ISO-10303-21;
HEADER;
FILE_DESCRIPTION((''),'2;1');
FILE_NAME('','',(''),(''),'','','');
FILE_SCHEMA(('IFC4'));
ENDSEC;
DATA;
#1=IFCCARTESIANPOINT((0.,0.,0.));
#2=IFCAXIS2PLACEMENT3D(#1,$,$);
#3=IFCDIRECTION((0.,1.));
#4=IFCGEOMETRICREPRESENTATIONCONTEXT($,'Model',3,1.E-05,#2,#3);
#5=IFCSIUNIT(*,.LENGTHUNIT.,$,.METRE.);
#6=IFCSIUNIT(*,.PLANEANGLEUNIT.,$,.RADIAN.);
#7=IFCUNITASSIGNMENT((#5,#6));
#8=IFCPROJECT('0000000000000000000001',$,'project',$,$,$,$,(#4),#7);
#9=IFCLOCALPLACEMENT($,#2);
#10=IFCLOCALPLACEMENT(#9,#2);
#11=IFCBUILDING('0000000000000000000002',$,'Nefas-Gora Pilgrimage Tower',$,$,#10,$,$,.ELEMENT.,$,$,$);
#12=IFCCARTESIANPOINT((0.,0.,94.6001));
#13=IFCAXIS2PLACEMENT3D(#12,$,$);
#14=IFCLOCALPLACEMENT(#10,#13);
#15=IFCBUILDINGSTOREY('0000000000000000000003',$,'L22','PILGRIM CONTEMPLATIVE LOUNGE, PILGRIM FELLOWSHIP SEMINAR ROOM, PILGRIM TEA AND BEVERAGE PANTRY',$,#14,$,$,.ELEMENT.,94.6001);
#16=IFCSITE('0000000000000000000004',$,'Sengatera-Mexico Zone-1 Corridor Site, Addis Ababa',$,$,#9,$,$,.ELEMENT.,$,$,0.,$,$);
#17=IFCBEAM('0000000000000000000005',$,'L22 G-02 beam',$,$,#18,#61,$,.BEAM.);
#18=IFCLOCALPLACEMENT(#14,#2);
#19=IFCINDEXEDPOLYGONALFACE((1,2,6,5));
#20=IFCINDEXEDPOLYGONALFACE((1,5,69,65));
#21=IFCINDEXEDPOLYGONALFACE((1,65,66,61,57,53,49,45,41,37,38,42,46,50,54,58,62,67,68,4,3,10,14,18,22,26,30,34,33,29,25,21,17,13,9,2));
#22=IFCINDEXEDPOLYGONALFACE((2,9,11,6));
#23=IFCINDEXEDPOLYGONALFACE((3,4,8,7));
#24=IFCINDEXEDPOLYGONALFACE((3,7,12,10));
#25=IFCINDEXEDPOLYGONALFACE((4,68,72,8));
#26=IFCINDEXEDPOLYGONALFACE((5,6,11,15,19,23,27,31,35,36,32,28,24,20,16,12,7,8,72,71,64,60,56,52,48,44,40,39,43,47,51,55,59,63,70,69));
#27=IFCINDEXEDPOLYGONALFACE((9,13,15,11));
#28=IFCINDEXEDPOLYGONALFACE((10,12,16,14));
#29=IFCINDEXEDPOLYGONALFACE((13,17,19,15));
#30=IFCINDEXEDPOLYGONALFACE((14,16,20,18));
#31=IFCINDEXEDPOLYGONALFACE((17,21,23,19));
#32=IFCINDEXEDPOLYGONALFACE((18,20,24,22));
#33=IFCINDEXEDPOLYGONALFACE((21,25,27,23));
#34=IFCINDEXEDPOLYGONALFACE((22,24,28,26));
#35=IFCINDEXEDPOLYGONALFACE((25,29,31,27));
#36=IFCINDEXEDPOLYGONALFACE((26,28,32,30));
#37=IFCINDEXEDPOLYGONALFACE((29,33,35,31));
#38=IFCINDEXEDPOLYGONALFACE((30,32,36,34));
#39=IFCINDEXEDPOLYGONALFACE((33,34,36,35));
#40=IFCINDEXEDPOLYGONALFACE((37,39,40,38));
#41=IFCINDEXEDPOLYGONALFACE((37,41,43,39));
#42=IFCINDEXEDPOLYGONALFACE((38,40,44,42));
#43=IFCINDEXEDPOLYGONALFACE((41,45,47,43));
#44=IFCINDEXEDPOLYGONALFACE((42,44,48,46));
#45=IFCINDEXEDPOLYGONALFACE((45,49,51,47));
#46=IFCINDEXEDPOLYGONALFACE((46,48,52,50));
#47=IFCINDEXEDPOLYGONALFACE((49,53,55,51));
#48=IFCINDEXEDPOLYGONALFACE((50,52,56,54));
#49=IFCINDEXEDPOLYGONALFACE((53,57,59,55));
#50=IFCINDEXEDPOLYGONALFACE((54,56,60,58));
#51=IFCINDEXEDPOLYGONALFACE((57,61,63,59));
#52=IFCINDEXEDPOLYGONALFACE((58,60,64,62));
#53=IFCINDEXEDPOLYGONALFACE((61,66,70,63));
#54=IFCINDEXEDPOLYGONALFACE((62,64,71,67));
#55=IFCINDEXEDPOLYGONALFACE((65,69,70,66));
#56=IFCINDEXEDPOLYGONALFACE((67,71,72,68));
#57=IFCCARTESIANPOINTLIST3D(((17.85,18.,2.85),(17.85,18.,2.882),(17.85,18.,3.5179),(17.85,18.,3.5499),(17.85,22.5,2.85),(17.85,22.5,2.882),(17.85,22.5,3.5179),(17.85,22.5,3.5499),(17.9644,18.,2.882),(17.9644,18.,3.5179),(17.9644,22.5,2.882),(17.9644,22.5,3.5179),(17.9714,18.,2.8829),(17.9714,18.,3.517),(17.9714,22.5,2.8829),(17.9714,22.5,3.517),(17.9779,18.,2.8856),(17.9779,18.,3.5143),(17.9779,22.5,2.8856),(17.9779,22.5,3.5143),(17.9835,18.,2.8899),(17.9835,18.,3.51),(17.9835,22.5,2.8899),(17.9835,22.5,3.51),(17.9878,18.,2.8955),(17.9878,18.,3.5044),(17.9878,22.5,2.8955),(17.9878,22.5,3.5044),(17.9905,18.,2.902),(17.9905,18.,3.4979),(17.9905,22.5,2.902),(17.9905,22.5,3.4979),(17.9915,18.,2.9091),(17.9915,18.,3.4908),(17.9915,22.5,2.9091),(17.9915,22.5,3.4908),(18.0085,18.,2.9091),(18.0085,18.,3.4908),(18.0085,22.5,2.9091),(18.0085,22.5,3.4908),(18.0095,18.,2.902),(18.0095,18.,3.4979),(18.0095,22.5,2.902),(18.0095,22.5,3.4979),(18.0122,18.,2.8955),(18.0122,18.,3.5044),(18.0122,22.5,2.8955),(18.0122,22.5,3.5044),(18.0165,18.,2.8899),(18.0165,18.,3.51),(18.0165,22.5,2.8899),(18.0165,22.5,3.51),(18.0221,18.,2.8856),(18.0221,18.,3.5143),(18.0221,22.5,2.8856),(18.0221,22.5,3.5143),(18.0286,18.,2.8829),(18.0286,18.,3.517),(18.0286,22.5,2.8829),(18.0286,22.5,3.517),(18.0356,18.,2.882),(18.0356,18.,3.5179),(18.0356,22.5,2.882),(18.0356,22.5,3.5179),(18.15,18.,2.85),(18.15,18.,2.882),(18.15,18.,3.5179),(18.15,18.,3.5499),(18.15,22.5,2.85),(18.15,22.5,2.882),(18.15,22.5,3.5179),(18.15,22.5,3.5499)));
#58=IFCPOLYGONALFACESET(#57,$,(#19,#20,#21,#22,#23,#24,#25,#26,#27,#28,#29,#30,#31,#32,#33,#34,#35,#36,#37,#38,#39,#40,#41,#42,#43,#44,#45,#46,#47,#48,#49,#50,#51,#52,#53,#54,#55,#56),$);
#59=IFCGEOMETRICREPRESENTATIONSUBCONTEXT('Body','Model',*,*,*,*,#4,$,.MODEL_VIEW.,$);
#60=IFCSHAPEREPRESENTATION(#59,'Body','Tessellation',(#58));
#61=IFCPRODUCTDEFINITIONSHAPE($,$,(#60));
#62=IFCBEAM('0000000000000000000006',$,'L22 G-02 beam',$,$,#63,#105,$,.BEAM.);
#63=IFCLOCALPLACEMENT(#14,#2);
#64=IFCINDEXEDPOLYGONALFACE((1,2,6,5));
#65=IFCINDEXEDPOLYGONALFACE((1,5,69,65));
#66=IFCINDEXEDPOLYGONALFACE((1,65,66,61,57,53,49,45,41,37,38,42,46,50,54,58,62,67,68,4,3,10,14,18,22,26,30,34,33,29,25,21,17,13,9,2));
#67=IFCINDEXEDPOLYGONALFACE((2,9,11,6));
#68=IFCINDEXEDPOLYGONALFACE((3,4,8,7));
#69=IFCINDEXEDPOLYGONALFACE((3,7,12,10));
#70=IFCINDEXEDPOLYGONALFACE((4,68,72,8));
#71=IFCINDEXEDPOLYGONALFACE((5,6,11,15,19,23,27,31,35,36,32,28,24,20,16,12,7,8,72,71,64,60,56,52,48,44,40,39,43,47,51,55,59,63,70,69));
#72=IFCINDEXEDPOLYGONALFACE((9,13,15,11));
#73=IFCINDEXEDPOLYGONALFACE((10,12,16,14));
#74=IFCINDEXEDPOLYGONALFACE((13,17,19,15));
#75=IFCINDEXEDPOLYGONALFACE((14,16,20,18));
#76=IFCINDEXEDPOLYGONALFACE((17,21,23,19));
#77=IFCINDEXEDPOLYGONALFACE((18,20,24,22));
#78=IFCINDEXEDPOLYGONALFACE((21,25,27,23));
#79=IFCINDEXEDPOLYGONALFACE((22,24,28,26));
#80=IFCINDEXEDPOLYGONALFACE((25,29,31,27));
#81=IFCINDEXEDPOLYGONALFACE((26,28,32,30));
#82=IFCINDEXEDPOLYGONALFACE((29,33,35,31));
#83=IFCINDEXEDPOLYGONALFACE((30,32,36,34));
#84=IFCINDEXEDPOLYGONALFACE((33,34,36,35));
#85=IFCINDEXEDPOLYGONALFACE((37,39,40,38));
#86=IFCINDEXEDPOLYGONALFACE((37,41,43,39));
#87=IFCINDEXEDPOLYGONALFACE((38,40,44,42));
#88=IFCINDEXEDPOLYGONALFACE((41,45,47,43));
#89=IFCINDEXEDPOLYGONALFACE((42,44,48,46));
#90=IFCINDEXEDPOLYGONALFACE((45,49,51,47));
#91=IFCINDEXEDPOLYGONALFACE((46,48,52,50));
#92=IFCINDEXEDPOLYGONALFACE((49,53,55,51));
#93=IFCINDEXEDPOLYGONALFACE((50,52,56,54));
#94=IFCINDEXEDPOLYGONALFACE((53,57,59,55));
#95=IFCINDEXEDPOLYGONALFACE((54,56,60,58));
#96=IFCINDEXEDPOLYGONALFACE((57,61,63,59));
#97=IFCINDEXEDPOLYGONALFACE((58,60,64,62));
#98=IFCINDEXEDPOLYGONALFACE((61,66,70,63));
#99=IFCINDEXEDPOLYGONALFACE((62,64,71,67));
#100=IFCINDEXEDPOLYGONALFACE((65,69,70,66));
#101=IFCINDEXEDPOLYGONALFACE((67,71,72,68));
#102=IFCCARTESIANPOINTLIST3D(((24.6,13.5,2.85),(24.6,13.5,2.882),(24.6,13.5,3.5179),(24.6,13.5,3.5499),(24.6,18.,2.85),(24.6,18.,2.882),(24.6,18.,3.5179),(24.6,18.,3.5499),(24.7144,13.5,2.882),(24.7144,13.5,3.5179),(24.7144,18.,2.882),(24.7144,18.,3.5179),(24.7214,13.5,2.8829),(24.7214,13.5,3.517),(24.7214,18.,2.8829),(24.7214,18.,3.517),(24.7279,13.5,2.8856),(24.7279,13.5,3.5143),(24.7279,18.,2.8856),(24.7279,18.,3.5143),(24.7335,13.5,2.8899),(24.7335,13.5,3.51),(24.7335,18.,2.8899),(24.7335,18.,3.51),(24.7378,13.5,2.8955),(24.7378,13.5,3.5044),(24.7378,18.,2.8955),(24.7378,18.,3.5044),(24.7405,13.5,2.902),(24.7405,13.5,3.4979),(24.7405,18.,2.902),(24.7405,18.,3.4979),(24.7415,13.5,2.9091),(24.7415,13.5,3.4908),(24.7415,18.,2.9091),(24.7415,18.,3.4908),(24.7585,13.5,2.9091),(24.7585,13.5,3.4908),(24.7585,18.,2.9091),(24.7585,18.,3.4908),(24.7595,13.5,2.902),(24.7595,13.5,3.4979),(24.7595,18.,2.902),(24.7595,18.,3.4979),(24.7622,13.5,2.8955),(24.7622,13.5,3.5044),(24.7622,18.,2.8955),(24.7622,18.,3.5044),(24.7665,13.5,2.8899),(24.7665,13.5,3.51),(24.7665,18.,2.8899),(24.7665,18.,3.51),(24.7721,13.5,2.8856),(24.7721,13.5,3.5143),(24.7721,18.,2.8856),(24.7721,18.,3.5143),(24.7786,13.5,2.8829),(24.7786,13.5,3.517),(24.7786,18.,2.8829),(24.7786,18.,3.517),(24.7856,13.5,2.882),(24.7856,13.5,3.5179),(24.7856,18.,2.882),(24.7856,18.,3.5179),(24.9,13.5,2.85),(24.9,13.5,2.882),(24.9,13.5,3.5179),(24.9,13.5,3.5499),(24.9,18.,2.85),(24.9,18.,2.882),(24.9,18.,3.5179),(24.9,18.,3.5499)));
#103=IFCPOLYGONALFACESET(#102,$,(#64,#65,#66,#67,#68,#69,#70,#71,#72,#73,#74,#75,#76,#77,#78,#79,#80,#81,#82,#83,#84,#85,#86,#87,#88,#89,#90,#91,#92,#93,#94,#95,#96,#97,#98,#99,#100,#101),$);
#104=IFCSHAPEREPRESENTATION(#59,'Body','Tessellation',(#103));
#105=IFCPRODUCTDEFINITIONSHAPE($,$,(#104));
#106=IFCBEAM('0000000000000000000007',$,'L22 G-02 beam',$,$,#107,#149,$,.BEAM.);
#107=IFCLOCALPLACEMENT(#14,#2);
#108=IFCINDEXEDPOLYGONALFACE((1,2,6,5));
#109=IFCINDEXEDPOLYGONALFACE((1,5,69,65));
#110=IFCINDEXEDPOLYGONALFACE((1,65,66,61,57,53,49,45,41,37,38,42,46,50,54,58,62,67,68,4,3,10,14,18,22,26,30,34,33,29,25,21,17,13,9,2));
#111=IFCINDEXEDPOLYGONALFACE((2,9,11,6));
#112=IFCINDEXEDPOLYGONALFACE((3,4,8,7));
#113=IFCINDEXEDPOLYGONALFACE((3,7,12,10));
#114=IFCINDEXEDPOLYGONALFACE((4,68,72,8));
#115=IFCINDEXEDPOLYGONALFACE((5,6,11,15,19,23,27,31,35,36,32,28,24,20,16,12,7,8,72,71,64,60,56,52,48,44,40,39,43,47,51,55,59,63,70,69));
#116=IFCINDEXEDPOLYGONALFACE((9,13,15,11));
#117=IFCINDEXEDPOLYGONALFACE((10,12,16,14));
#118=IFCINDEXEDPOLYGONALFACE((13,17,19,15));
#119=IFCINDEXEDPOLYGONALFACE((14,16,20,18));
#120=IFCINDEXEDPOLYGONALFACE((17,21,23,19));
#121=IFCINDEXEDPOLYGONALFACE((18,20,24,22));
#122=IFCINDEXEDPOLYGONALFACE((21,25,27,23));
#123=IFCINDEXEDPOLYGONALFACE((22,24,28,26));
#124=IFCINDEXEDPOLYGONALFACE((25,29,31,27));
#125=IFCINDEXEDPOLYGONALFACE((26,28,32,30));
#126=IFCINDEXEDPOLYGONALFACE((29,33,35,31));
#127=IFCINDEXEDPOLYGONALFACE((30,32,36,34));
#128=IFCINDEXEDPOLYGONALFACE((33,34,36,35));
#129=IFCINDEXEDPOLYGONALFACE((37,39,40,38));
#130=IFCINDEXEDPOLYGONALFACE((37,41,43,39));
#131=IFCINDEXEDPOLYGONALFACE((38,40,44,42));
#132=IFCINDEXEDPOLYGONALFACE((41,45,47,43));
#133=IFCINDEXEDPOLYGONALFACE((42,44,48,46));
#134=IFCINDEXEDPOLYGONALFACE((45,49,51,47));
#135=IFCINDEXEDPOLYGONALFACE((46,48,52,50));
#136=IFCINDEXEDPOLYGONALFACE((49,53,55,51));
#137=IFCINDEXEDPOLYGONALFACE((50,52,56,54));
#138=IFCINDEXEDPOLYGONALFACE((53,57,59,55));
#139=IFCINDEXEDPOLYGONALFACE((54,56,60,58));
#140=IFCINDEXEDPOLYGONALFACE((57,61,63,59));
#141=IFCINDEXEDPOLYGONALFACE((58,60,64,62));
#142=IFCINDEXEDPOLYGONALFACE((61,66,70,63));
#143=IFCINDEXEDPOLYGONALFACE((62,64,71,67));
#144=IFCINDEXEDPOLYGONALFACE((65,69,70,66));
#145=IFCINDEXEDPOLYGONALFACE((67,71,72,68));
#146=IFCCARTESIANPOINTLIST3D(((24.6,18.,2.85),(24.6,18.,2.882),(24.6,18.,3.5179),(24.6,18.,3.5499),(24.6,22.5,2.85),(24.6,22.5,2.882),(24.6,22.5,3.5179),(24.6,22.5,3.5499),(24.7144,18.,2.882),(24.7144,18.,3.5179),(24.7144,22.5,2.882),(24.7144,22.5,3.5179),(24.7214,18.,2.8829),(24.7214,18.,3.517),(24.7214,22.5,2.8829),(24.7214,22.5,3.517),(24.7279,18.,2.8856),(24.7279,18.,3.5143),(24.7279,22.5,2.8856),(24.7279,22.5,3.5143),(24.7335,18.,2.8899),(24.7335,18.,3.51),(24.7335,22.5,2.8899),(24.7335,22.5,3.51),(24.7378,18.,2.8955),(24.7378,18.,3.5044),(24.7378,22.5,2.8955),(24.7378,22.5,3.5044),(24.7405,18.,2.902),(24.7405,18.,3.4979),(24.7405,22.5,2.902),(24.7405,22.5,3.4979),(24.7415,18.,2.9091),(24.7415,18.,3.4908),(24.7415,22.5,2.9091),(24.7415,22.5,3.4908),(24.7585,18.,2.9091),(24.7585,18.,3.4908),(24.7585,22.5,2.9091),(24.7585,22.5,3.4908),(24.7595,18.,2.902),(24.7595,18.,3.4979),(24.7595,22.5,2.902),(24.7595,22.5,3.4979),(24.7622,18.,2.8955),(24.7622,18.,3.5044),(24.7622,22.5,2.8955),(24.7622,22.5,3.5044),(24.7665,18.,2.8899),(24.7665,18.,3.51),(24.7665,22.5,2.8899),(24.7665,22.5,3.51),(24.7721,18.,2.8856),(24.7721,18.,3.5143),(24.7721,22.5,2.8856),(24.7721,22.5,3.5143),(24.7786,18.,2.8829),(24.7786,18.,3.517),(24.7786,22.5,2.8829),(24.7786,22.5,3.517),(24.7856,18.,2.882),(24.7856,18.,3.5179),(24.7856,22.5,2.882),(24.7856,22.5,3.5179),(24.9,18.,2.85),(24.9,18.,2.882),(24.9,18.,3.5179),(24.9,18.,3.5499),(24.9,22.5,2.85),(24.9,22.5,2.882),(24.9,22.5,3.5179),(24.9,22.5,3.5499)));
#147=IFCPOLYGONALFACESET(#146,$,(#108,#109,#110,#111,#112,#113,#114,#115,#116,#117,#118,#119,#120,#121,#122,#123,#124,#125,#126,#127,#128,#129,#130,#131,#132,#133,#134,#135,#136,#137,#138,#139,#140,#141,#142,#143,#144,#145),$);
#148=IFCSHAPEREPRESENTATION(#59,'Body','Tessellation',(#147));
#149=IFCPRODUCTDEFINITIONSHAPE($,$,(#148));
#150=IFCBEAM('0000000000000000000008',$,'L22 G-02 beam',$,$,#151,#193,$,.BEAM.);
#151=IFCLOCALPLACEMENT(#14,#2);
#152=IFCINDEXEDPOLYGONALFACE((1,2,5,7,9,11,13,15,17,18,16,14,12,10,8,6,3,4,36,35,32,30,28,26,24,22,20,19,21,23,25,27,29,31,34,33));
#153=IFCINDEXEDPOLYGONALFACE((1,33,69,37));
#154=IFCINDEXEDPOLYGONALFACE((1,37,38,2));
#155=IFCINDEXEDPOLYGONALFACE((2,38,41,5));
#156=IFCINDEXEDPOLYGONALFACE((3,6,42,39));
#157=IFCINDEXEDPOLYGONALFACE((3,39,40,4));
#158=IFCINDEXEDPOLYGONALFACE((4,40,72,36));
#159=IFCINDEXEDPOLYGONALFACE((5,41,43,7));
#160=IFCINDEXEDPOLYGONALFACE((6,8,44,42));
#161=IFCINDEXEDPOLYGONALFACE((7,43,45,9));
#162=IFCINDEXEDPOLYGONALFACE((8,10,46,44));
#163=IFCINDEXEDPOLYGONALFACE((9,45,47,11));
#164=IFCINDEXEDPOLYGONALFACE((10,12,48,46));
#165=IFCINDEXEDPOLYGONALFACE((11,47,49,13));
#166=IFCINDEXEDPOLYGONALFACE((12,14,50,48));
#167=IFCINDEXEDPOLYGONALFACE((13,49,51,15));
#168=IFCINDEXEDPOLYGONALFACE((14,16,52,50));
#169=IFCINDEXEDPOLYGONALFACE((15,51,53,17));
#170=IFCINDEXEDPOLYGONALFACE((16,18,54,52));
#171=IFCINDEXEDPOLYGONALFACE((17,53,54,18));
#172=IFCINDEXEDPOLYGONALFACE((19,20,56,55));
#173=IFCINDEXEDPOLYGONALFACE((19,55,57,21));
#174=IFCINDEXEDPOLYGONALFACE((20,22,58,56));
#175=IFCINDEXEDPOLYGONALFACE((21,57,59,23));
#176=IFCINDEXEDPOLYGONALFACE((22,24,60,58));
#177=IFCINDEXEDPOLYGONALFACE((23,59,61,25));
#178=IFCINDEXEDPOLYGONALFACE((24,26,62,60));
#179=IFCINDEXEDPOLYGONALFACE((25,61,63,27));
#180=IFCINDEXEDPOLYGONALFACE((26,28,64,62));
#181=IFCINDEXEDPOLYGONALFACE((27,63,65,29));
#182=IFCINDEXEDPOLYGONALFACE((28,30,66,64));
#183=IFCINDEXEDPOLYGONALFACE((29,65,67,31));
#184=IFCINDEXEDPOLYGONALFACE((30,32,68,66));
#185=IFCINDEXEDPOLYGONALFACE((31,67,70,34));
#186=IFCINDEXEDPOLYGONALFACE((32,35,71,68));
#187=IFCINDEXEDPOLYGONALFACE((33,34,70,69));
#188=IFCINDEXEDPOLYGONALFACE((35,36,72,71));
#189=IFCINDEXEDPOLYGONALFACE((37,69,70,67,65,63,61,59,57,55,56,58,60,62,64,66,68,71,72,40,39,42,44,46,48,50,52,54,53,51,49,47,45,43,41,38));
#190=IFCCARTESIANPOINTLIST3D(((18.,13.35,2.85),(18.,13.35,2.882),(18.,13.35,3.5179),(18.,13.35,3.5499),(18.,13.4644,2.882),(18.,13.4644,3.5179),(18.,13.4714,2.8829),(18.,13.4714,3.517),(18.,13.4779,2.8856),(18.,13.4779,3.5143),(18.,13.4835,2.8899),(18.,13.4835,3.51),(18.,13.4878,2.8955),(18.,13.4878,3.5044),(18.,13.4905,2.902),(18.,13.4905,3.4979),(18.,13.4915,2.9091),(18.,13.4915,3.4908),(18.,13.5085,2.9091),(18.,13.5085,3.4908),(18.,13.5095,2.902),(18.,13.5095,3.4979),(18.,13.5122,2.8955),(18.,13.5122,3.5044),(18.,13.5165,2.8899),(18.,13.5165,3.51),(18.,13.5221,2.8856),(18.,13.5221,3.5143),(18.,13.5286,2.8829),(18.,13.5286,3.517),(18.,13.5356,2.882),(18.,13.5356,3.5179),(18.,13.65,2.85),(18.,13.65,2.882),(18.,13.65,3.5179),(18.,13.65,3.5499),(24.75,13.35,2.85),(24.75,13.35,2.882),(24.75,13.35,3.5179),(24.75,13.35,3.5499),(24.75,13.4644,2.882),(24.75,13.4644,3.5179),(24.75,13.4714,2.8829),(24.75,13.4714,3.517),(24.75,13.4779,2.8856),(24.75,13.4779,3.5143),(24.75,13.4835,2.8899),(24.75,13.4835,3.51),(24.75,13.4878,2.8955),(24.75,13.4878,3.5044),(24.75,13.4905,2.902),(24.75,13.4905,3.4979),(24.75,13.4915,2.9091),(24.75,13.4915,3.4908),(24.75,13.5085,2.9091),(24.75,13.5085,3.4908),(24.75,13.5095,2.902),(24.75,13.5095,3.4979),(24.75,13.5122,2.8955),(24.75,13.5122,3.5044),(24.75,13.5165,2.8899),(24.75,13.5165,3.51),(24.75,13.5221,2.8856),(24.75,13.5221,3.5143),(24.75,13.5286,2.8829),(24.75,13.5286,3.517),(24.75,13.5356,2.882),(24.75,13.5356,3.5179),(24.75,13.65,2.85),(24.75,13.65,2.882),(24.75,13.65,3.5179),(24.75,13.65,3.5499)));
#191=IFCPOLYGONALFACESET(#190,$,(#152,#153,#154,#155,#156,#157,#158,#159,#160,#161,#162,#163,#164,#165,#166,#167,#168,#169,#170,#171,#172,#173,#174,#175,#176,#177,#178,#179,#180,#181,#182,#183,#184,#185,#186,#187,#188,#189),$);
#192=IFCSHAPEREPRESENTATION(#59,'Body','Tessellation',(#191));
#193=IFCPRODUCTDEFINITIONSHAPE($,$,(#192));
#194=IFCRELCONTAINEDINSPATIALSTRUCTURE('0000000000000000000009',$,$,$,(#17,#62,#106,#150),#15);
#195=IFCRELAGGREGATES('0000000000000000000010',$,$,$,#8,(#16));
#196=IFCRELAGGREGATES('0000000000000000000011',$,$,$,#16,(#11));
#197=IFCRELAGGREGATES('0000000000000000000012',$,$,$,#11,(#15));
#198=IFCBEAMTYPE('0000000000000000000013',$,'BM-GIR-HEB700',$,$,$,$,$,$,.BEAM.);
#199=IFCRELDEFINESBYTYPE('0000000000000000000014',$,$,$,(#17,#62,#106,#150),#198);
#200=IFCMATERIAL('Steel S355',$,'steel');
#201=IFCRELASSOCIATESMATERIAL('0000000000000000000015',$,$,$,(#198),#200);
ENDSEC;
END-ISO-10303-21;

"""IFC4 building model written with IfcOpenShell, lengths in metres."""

from ifc_helpers import new_model, si_unit, direction, frame, origin, origin_2d, place, context, subcontext, project, spatial, i_section, extrude, source, transform, mapped, material, material_profile, profile_set, type_object, element, save


model = new_model("IFC4")

# Units and contexts
model_context = context("Model", 3, precision=1e-05, world=origin(), true_north=direction((0.0, 1.0)))
body_context = subcontext(model_context, "Body", "Model", "MODEL_VIEW")
ifc_project = project(units=[si_unit("LENGTHUNIT", "METRE"), si_unit("PLANEANGLEUNIT", "RADIAN")], contexts=[model_context])

# Site, building, storey
site_placement = place(None, origin())
site = spatial("IfcSite", under=ifc_project, at=site_placement, Name="Sengatera-Mexico Zone-1 Corridor Site, Addis Ababa", CompositionType="ELEMENT", RefElevation=0.0)
building_placement = place(site_placement, origin())
building = spatial("IfcBuilding", under=site, at=building_placement, Name="Nefas-Gora Pilgrimage Tower", CompositionType="ELEMENT")
storey_placement = place(building_placement, frame((0.0, 0.0, 94.6001)))
storey = spatial("IfcBuildingStorey", under=building, at=storey_placement, Name="L22", Description="PILGRIM CONTEMPLATIVE LOUNGE, PILGRIM FELLOWSHIP SEMINAR ROOM, PILGRIM TEA AND BEVERAGE PANTRY", CompositionType="ELEMENT", Elevation=94.6001)

# Beams
ifc_material_1 = material(Name="Steel S355", Category="steel")
ifc_material_profile_1 = material_profile(ifc_material_1, i_section(OverallWidth=0.3, OverallDepth=0.7, WebThickness=0.0171, FlangeThickness=0.032, FilletRadius=0.0271, at=origin_2d()), Name="HEB 700")
ifc_profile_set_1 = profile_set([ifc_material_profile_1], Name="Steel S355")
beam_type_1 = type_object("IfcBeamType", Name="BM-GIR-HEB700", PredefinedType="BEAM", material=ifc_profile_set_1)
shared_shape_1 = source(origin(), body_context, "Body", "SweptSolid", [
    extrude(i_section(OverallWidth=0.3, OverallDepth=0.7, WebThickness=0.0171, FlangeThickness=0.032, FilletRadius=0.0271, at=origin_2d()), origin(), (0.0, 0.0, 1.0), 4.5),
])
for number, where, z_axis, x_axis, name in (
    (1, (18.0, 18.0, 3.2), (0.0, 1.0, 0.0), (-1.0, 0.0, 0.0), "L22 G-02 beam"),
    (2, (24.75, 13.5, 3.2), (0.0, 1.0, 0.0), (-1.0, 0.0, 0.0), "L22 G-02 beam"),
    (3, (24.75, 18.0, 3.2), (0.0, 1.0, 0.0), (-1.0, 0.0, 0.0), "L22 G-02 beam"),
):
    element("IfcBeam", number, at=place(storey_placement, frame(where, z_axis=z_axis, x_axis=x_axis)), inside=storey, type_object=beam_type_1, Name=name, PredefinedType="BEAM", context=body_context, shape_type="MappedRepresentation", body=[
        mapped(shared_shape_1, transform((0.0, 0.0, 0.0), x_axis=(1.0, 0.0, 0.0), y_axis=(0.0, 1.0, 0.0), z_axis=(0.0, 0.0, 1.0), scale=1.0)),
    ])
shared_shape_2 = source(origin(), body_context, "Body", "SweptSolid", [
    extrude(i_section(OverallWidth=0.3, OverallDepth=0.7, WebThickness=0.0171, FlangeThickness=0.032, FilletRadius=0.0271, at=origin_2d()), origin(), (0.0, 0.0, 1.0), 6.75),
])
for number, where, z_axis, x_axis, name in (
    (4, (18.0, 13.5, 3.2), (1.0, 0.0, 0.0), (0.0, 1.0, 0.0), "L22 G-02 beam"),
):
    element("IfcBeam", number, at=place(storey_placement, frame(where, z_axis=z_axis, x_axis=x_axis)), inside=storey, type_object=beam_type_1, Name=name, PredefinedType="BEAM", context=body_context, shape_type="MappedRepresentation", body=[
        mapped(shared_shape_2, transform((0.0, 0.0, 0.0), x_axis=(1.0, 0.0, 0.0), y_axis=(0.0, 1.0, 0.0), z_axis=(0.0, 0.0, 1.0), scale=1.0)),
    ])

save(model, "model.ifc")
